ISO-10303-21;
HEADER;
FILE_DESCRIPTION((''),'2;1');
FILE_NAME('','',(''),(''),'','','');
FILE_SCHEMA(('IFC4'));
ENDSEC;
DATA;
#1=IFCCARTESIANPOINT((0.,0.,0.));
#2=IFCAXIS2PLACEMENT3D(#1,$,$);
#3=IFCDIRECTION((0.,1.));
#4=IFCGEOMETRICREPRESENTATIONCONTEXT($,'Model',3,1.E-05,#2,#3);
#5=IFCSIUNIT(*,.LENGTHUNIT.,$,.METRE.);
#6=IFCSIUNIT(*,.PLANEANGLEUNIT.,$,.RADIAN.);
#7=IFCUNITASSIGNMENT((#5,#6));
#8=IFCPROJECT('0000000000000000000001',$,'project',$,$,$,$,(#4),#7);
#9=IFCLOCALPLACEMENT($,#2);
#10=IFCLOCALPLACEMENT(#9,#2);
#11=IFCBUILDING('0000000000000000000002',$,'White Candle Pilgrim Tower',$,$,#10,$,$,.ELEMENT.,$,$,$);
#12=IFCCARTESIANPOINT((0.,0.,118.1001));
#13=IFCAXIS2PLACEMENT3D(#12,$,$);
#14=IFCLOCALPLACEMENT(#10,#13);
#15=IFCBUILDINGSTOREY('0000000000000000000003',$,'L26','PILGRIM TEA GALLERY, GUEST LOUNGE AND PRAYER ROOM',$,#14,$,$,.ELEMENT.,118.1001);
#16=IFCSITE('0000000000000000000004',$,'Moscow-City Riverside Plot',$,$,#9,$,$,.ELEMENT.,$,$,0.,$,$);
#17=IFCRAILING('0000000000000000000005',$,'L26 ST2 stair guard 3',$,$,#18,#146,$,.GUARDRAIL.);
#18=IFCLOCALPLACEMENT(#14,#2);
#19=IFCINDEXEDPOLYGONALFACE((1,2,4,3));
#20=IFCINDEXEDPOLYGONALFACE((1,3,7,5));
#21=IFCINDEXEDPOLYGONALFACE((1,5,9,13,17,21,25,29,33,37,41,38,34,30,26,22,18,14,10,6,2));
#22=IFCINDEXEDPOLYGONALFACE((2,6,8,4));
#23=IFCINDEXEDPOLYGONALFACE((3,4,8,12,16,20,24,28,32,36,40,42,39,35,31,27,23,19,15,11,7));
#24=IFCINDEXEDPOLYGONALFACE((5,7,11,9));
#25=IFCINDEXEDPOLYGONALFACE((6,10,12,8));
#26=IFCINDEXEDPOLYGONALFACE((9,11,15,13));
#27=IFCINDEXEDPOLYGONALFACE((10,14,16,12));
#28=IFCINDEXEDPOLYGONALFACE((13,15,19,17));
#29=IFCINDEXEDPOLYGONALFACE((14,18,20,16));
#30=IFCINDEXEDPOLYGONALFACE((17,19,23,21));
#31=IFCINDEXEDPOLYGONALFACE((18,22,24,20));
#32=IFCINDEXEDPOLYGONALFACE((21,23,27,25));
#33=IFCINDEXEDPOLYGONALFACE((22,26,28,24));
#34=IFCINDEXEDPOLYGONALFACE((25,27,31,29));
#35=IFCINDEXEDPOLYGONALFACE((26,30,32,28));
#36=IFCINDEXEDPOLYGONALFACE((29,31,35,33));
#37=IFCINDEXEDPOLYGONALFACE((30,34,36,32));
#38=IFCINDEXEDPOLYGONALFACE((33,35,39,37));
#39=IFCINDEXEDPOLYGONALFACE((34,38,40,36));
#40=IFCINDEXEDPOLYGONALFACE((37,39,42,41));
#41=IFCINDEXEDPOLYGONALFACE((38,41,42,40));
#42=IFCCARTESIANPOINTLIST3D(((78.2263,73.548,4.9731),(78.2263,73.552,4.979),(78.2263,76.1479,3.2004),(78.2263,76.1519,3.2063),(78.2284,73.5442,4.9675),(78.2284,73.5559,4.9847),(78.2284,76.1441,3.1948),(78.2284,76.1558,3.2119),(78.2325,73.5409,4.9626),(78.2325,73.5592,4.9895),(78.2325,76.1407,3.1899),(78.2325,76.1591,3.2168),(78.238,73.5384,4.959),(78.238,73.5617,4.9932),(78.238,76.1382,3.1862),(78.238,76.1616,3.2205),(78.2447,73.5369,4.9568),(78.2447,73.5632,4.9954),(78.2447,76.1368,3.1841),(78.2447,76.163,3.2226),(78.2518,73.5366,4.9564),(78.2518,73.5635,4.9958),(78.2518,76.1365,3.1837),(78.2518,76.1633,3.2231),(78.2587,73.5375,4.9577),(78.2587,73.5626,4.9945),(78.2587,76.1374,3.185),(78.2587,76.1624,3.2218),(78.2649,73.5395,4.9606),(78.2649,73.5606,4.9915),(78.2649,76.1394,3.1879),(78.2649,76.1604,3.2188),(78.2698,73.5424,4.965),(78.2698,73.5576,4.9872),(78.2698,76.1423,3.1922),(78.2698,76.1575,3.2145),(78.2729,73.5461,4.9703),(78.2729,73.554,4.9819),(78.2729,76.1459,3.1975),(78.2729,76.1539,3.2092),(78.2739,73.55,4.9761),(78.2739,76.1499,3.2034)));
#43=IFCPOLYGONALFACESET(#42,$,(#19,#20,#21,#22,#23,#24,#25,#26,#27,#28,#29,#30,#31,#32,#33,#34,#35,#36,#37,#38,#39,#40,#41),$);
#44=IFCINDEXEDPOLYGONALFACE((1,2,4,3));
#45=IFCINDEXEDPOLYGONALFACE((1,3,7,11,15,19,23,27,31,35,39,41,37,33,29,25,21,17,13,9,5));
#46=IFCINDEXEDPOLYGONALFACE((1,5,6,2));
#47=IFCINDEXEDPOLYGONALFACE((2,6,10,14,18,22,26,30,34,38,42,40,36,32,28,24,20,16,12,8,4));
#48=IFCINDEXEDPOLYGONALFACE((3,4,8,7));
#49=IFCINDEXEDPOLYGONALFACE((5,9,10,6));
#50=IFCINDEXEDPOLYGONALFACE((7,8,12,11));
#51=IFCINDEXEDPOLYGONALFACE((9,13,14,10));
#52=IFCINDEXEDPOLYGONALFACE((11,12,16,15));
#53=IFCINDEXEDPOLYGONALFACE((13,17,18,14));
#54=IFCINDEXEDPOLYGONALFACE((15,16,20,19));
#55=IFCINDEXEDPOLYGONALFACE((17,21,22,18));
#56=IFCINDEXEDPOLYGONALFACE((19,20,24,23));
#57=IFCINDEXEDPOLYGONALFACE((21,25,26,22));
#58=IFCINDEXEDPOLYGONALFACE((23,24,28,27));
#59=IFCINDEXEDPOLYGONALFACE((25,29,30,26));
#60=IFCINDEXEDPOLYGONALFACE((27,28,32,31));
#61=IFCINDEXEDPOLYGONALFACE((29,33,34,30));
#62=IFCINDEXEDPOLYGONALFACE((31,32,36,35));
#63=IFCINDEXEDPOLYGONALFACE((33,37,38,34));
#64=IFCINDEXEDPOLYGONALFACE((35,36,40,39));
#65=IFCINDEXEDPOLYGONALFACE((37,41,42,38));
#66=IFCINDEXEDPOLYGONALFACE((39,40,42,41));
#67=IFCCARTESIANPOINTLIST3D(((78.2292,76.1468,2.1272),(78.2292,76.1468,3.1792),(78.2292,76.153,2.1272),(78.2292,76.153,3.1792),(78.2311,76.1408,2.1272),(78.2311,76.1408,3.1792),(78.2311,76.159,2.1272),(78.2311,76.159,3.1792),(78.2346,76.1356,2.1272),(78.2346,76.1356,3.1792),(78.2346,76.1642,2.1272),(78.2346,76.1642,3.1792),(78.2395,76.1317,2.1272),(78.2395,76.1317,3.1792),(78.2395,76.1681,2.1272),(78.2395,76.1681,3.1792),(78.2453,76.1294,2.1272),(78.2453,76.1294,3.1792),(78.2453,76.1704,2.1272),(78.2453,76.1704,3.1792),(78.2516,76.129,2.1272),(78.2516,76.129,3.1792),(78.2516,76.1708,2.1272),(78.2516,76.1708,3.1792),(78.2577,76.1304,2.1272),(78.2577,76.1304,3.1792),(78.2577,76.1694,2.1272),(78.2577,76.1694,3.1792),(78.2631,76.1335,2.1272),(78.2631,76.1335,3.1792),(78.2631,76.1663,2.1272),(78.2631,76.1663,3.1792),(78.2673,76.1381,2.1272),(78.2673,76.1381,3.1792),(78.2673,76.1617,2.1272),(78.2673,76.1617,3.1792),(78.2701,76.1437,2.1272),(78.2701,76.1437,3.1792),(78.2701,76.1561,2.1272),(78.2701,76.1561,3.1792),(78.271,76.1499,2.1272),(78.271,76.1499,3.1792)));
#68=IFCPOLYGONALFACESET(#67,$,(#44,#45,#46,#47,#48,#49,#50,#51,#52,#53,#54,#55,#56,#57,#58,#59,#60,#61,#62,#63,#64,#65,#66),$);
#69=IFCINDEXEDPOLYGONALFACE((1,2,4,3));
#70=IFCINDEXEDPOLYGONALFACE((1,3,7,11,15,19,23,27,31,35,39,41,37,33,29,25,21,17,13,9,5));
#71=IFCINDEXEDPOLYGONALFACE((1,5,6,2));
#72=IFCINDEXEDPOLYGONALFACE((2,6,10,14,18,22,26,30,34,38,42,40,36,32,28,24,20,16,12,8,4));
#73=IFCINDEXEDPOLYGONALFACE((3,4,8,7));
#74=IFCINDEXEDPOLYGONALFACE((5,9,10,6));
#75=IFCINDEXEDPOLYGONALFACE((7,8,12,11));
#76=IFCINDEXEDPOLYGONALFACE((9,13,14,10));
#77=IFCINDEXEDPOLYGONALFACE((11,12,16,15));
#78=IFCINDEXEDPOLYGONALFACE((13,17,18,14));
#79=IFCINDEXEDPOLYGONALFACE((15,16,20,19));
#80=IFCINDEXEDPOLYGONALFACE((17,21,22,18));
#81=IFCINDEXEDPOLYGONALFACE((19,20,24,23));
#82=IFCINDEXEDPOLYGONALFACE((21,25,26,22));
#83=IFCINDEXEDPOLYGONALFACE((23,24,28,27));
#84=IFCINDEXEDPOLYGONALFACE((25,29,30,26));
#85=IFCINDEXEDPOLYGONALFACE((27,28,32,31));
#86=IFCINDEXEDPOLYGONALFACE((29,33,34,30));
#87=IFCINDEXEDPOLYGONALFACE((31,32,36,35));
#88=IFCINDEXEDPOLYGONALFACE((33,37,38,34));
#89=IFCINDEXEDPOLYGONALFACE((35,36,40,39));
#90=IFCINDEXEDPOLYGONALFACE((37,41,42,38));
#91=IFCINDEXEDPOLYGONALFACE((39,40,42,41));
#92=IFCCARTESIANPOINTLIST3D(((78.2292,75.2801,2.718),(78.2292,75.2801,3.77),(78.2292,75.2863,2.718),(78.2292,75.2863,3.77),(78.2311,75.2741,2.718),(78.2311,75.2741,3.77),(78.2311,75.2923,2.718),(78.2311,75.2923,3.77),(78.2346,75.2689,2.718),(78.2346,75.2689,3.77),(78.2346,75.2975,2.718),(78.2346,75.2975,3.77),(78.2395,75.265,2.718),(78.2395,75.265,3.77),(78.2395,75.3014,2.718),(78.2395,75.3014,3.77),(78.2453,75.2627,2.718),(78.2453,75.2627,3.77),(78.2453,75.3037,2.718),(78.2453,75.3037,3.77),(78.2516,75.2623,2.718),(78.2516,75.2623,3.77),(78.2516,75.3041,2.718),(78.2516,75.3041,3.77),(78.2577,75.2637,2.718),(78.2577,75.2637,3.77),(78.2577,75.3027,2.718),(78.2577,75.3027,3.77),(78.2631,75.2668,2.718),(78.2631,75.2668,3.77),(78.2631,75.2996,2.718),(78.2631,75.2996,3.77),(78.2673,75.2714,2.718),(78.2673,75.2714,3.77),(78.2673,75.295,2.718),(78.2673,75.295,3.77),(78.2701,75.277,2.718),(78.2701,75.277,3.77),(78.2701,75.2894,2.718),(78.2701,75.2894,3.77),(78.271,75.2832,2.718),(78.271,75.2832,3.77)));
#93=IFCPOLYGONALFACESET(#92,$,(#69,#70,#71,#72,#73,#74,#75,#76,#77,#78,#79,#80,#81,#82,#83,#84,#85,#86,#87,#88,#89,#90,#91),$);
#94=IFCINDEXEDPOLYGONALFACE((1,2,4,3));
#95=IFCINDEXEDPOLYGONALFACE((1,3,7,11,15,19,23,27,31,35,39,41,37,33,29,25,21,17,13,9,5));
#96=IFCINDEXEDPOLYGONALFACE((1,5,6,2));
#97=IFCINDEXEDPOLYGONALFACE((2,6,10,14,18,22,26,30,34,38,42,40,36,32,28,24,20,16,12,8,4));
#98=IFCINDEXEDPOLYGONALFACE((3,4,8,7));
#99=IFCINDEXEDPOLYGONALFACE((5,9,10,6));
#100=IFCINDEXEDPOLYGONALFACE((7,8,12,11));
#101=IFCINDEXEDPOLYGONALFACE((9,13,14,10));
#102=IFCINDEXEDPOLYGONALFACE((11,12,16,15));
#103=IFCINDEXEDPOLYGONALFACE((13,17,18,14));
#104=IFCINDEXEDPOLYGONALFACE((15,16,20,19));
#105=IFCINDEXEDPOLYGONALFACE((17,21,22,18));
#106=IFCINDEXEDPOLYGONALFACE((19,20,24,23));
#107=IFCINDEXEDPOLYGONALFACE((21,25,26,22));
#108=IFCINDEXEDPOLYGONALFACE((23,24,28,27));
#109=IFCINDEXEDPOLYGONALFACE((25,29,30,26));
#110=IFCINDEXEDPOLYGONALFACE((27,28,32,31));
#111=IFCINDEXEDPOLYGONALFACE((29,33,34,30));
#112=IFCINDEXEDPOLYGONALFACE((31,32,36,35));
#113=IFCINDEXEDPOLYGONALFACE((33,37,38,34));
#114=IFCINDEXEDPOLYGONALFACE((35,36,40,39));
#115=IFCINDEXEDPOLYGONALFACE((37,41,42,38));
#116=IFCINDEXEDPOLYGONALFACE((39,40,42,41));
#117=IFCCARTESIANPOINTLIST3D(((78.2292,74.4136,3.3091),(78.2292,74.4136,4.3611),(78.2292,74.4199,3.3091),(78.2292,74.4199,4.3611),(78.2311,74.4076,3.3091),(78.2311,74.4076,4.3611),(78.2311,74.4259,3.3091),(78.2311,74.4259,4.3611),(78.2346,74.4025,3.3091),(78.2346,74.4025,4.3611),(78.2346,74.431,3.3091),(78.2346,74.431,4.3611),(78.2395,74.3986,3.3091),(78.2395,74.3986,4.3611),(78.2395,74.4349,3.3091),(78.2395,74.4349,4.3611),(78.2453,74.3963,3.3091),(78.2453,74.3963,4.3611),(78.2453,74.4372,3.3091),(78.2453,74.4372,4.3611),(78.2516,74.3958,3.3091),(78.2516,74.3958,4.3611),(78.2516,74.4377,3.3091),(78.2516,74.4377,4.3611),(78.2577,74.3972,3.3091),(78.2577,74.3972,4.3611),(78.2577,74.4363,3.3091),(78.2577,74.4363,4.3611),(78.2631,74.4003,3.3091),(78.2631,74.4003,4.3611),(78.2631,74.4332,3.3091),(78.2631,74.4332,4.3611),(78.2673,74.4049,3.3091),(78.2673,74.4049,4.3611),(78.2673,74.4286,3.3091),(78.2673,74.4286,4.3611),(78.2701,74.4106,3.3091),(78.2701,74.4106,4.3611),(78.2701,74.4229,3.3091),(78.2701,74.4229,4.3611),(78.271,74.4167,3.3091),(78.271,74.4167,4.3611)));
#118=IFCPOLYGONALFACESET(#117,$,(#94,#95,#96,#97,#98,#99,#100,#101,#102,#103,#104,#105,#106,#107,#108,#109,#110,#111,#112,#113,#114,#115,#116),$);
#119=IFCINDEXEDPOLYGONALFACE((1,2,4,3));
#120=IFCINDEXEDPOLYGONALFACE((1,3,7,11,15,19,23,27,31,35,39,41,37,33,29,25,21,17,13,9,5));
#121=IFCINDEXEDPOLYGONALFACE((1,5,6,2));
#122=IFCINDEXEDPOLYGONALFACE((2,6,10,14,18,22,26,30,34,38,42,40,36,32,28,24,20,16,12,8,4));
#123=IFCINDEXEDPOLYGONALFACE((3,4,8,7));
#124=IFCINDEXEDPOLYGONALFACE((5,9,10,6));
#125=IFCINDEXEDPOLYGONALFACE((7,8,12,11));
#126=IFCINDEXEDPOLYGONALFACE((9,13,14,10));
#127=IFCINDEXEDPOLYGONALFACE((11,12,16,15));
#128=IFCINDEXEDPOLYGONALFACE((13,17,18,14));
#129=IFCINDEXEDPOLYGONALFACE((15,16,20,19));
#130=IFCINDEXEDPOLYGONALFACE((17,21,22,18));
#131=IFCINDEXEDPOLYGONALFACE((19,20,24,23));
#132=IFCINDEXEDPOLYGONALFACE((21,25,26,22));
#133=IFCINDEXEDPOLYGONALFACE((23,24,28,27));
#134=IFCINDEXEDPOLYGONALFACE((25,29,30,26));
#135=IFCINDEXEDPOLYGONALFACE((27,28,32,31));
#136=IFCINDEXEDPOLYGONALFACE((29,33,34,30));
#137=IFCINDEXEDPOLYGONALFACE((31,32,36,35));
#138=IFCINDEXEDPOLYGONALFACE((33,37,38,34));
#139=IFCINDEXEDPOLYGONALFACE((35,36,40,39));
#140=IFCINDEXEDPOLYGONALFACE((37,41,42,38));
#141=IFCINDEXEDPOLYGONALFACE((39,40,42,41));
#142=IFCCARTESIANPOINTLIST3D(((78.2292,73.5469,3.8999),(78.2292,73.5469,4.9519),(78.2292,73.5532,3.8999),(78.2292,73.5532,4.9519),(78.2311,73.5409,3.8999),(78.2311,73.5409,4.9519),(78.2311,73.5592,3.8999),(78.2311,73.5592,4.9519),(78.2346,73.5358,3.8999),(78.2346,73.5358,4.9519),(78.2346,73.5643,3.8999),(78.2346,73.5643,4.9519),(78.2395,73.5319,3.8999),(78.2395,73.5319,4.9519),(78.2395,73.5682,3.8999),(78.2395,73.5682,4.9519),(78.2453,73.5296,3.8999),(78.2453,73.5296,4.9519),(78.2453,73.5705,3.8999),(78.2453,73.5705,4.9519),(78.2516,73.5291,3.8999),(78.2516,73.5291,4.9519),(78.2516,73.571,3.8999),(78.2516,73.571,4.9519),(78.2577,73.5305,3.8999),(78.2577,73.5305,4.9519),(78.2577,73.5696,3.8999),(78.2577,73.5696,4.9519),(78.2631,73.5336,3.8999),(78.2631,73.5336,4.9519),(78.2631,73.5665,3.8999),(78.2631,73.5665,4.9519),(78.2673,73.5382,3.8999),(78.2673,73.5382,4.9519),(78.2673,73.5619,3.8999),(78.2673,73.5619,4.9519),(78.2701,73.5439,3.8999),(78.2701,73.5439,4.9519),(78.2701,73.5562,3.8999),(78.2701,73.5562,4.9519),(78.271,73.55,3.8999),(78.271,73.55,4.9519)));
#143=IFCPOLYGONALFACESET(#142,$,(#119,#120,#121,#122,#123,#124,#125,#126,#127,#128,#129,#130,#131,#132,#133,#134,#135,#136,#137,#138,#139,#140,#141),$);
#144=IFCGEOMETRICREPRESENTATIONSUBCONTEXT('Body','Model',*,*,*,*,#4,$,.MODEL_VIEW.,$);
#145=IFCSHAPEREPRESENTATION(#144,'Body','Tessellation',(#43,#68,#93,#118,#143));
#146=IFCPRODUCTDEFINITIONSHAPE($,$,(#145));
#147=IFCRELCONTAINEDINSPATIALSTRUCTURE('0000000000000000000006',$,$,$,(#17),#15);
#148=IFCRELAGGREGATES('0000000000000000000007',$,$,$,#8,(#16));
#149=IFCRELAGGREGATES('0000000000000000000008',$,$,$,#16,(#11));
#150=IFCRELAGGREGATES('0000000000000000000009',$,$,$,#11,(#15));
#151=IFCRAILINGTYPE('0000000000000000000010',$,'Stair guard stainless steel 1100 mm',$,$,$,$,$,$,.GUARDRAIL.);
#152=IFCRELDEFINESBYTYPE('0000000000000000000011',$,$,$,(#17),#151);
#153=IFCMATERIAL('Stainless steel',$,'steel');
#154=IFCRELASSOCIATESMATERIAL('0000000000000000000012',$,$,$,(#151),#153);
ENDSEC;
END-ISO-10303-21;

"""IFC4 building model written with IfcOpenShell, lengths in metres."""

from ifc_helpers import new_model, si_unit, direction, frame, origin, origin_2d, place, context, subcontext, project, spatial, circle, extrude, material, type_object, element, save


model = new_model("IFC4")

# Units and contexts
model_context = context("Model", 3, precision=1e-05, world=origin(), true_north=direction((0.0, 1.0)))
body_context = subcontext(model_context, "Body", "Model", "MODEL_VIEW")
ifc_project = project(units=[si_unit("LENGTHUNIT", "METRE"), si_unit("PLANEANGLEUNIT", "RADIAN")], contexts=[model_context])

# Site, building, storey
site_placement = place(None, origin())
site = spatial("IfcSite", under=ifc_project, at=site_placement, Name="Moscow-City Riverside Plot", CompositionType="ELEMENT", RefElevation=0.0)
building_placement = place(site_placement, origin())
building = spatial("IfcBuilding", under=site, at=building_placement, Name="White Candle Pilgrim Tower", CompositionType="ELEMENT")
storey_placement = place(building_placement, frame((0.0, 0.0, 118.1001)))
storey = spatial("IfcBuildingStorey", under=building, at=storey_placement, Name="L26", Description="PILGRIM TEA GALLERY, GUEST LOUNGE AND PRAYER ROOM", CompositionType="ELEMENT", Elevation=118.1001)

# Railing
ifc_material_1 = material(Name="Stainless steel", Category="steel")
railing_type_1 = type_object("IfcRailingType", Name="Stair guard stainless steel 1100 mm", PredefinedType="GUARDRAIL", material=ifc_material_1)
railing_1_placement = place(storey_placement, frame((78.25, 76.1499, 2.1272)))
element("IfcRailing", 1, at=railing_1_placement, inside=storey, type_object=railing_type_1, Name="L26 ST2 stair guard 3", PredefinedType="GUARDRAIL", context=body_context, shape_type="SweptSolid", body=[
    extrude(circle(Radius=0.0239, at=origin_2d()), frame((0.0, 0.0, 1.0762), z_axis=(0.0, -0.826216, 0.563354), x_axis=(1.0, 0.0, 0.0)), (0.0, 0.0, 1.0), 3.1467),
    extrude(circle(Radius=0.021, at=origin_2d()), origin(), (0.0, 0.0, 1.0), 1.052),
    extrude(circle(Radius=0.021, at=origin_2d()), frame((0.0, -0.8667, 0.5908)), (0.0, 0.0, 1.0), 1.052),
    extrude(circle(Radius=0.021, at=origin_2d()), frame((0.0, -1.7332, 1.1819)), (0.0, 0.0, 1.0), 1.052),
    extrude(circle(Radius=0.021, at=origin_2d()), frame((0.0, -2.5999, 1.7727)), (0.0, 0.0, 1.0), 1.052),
])

save(model, "model.ifc")
